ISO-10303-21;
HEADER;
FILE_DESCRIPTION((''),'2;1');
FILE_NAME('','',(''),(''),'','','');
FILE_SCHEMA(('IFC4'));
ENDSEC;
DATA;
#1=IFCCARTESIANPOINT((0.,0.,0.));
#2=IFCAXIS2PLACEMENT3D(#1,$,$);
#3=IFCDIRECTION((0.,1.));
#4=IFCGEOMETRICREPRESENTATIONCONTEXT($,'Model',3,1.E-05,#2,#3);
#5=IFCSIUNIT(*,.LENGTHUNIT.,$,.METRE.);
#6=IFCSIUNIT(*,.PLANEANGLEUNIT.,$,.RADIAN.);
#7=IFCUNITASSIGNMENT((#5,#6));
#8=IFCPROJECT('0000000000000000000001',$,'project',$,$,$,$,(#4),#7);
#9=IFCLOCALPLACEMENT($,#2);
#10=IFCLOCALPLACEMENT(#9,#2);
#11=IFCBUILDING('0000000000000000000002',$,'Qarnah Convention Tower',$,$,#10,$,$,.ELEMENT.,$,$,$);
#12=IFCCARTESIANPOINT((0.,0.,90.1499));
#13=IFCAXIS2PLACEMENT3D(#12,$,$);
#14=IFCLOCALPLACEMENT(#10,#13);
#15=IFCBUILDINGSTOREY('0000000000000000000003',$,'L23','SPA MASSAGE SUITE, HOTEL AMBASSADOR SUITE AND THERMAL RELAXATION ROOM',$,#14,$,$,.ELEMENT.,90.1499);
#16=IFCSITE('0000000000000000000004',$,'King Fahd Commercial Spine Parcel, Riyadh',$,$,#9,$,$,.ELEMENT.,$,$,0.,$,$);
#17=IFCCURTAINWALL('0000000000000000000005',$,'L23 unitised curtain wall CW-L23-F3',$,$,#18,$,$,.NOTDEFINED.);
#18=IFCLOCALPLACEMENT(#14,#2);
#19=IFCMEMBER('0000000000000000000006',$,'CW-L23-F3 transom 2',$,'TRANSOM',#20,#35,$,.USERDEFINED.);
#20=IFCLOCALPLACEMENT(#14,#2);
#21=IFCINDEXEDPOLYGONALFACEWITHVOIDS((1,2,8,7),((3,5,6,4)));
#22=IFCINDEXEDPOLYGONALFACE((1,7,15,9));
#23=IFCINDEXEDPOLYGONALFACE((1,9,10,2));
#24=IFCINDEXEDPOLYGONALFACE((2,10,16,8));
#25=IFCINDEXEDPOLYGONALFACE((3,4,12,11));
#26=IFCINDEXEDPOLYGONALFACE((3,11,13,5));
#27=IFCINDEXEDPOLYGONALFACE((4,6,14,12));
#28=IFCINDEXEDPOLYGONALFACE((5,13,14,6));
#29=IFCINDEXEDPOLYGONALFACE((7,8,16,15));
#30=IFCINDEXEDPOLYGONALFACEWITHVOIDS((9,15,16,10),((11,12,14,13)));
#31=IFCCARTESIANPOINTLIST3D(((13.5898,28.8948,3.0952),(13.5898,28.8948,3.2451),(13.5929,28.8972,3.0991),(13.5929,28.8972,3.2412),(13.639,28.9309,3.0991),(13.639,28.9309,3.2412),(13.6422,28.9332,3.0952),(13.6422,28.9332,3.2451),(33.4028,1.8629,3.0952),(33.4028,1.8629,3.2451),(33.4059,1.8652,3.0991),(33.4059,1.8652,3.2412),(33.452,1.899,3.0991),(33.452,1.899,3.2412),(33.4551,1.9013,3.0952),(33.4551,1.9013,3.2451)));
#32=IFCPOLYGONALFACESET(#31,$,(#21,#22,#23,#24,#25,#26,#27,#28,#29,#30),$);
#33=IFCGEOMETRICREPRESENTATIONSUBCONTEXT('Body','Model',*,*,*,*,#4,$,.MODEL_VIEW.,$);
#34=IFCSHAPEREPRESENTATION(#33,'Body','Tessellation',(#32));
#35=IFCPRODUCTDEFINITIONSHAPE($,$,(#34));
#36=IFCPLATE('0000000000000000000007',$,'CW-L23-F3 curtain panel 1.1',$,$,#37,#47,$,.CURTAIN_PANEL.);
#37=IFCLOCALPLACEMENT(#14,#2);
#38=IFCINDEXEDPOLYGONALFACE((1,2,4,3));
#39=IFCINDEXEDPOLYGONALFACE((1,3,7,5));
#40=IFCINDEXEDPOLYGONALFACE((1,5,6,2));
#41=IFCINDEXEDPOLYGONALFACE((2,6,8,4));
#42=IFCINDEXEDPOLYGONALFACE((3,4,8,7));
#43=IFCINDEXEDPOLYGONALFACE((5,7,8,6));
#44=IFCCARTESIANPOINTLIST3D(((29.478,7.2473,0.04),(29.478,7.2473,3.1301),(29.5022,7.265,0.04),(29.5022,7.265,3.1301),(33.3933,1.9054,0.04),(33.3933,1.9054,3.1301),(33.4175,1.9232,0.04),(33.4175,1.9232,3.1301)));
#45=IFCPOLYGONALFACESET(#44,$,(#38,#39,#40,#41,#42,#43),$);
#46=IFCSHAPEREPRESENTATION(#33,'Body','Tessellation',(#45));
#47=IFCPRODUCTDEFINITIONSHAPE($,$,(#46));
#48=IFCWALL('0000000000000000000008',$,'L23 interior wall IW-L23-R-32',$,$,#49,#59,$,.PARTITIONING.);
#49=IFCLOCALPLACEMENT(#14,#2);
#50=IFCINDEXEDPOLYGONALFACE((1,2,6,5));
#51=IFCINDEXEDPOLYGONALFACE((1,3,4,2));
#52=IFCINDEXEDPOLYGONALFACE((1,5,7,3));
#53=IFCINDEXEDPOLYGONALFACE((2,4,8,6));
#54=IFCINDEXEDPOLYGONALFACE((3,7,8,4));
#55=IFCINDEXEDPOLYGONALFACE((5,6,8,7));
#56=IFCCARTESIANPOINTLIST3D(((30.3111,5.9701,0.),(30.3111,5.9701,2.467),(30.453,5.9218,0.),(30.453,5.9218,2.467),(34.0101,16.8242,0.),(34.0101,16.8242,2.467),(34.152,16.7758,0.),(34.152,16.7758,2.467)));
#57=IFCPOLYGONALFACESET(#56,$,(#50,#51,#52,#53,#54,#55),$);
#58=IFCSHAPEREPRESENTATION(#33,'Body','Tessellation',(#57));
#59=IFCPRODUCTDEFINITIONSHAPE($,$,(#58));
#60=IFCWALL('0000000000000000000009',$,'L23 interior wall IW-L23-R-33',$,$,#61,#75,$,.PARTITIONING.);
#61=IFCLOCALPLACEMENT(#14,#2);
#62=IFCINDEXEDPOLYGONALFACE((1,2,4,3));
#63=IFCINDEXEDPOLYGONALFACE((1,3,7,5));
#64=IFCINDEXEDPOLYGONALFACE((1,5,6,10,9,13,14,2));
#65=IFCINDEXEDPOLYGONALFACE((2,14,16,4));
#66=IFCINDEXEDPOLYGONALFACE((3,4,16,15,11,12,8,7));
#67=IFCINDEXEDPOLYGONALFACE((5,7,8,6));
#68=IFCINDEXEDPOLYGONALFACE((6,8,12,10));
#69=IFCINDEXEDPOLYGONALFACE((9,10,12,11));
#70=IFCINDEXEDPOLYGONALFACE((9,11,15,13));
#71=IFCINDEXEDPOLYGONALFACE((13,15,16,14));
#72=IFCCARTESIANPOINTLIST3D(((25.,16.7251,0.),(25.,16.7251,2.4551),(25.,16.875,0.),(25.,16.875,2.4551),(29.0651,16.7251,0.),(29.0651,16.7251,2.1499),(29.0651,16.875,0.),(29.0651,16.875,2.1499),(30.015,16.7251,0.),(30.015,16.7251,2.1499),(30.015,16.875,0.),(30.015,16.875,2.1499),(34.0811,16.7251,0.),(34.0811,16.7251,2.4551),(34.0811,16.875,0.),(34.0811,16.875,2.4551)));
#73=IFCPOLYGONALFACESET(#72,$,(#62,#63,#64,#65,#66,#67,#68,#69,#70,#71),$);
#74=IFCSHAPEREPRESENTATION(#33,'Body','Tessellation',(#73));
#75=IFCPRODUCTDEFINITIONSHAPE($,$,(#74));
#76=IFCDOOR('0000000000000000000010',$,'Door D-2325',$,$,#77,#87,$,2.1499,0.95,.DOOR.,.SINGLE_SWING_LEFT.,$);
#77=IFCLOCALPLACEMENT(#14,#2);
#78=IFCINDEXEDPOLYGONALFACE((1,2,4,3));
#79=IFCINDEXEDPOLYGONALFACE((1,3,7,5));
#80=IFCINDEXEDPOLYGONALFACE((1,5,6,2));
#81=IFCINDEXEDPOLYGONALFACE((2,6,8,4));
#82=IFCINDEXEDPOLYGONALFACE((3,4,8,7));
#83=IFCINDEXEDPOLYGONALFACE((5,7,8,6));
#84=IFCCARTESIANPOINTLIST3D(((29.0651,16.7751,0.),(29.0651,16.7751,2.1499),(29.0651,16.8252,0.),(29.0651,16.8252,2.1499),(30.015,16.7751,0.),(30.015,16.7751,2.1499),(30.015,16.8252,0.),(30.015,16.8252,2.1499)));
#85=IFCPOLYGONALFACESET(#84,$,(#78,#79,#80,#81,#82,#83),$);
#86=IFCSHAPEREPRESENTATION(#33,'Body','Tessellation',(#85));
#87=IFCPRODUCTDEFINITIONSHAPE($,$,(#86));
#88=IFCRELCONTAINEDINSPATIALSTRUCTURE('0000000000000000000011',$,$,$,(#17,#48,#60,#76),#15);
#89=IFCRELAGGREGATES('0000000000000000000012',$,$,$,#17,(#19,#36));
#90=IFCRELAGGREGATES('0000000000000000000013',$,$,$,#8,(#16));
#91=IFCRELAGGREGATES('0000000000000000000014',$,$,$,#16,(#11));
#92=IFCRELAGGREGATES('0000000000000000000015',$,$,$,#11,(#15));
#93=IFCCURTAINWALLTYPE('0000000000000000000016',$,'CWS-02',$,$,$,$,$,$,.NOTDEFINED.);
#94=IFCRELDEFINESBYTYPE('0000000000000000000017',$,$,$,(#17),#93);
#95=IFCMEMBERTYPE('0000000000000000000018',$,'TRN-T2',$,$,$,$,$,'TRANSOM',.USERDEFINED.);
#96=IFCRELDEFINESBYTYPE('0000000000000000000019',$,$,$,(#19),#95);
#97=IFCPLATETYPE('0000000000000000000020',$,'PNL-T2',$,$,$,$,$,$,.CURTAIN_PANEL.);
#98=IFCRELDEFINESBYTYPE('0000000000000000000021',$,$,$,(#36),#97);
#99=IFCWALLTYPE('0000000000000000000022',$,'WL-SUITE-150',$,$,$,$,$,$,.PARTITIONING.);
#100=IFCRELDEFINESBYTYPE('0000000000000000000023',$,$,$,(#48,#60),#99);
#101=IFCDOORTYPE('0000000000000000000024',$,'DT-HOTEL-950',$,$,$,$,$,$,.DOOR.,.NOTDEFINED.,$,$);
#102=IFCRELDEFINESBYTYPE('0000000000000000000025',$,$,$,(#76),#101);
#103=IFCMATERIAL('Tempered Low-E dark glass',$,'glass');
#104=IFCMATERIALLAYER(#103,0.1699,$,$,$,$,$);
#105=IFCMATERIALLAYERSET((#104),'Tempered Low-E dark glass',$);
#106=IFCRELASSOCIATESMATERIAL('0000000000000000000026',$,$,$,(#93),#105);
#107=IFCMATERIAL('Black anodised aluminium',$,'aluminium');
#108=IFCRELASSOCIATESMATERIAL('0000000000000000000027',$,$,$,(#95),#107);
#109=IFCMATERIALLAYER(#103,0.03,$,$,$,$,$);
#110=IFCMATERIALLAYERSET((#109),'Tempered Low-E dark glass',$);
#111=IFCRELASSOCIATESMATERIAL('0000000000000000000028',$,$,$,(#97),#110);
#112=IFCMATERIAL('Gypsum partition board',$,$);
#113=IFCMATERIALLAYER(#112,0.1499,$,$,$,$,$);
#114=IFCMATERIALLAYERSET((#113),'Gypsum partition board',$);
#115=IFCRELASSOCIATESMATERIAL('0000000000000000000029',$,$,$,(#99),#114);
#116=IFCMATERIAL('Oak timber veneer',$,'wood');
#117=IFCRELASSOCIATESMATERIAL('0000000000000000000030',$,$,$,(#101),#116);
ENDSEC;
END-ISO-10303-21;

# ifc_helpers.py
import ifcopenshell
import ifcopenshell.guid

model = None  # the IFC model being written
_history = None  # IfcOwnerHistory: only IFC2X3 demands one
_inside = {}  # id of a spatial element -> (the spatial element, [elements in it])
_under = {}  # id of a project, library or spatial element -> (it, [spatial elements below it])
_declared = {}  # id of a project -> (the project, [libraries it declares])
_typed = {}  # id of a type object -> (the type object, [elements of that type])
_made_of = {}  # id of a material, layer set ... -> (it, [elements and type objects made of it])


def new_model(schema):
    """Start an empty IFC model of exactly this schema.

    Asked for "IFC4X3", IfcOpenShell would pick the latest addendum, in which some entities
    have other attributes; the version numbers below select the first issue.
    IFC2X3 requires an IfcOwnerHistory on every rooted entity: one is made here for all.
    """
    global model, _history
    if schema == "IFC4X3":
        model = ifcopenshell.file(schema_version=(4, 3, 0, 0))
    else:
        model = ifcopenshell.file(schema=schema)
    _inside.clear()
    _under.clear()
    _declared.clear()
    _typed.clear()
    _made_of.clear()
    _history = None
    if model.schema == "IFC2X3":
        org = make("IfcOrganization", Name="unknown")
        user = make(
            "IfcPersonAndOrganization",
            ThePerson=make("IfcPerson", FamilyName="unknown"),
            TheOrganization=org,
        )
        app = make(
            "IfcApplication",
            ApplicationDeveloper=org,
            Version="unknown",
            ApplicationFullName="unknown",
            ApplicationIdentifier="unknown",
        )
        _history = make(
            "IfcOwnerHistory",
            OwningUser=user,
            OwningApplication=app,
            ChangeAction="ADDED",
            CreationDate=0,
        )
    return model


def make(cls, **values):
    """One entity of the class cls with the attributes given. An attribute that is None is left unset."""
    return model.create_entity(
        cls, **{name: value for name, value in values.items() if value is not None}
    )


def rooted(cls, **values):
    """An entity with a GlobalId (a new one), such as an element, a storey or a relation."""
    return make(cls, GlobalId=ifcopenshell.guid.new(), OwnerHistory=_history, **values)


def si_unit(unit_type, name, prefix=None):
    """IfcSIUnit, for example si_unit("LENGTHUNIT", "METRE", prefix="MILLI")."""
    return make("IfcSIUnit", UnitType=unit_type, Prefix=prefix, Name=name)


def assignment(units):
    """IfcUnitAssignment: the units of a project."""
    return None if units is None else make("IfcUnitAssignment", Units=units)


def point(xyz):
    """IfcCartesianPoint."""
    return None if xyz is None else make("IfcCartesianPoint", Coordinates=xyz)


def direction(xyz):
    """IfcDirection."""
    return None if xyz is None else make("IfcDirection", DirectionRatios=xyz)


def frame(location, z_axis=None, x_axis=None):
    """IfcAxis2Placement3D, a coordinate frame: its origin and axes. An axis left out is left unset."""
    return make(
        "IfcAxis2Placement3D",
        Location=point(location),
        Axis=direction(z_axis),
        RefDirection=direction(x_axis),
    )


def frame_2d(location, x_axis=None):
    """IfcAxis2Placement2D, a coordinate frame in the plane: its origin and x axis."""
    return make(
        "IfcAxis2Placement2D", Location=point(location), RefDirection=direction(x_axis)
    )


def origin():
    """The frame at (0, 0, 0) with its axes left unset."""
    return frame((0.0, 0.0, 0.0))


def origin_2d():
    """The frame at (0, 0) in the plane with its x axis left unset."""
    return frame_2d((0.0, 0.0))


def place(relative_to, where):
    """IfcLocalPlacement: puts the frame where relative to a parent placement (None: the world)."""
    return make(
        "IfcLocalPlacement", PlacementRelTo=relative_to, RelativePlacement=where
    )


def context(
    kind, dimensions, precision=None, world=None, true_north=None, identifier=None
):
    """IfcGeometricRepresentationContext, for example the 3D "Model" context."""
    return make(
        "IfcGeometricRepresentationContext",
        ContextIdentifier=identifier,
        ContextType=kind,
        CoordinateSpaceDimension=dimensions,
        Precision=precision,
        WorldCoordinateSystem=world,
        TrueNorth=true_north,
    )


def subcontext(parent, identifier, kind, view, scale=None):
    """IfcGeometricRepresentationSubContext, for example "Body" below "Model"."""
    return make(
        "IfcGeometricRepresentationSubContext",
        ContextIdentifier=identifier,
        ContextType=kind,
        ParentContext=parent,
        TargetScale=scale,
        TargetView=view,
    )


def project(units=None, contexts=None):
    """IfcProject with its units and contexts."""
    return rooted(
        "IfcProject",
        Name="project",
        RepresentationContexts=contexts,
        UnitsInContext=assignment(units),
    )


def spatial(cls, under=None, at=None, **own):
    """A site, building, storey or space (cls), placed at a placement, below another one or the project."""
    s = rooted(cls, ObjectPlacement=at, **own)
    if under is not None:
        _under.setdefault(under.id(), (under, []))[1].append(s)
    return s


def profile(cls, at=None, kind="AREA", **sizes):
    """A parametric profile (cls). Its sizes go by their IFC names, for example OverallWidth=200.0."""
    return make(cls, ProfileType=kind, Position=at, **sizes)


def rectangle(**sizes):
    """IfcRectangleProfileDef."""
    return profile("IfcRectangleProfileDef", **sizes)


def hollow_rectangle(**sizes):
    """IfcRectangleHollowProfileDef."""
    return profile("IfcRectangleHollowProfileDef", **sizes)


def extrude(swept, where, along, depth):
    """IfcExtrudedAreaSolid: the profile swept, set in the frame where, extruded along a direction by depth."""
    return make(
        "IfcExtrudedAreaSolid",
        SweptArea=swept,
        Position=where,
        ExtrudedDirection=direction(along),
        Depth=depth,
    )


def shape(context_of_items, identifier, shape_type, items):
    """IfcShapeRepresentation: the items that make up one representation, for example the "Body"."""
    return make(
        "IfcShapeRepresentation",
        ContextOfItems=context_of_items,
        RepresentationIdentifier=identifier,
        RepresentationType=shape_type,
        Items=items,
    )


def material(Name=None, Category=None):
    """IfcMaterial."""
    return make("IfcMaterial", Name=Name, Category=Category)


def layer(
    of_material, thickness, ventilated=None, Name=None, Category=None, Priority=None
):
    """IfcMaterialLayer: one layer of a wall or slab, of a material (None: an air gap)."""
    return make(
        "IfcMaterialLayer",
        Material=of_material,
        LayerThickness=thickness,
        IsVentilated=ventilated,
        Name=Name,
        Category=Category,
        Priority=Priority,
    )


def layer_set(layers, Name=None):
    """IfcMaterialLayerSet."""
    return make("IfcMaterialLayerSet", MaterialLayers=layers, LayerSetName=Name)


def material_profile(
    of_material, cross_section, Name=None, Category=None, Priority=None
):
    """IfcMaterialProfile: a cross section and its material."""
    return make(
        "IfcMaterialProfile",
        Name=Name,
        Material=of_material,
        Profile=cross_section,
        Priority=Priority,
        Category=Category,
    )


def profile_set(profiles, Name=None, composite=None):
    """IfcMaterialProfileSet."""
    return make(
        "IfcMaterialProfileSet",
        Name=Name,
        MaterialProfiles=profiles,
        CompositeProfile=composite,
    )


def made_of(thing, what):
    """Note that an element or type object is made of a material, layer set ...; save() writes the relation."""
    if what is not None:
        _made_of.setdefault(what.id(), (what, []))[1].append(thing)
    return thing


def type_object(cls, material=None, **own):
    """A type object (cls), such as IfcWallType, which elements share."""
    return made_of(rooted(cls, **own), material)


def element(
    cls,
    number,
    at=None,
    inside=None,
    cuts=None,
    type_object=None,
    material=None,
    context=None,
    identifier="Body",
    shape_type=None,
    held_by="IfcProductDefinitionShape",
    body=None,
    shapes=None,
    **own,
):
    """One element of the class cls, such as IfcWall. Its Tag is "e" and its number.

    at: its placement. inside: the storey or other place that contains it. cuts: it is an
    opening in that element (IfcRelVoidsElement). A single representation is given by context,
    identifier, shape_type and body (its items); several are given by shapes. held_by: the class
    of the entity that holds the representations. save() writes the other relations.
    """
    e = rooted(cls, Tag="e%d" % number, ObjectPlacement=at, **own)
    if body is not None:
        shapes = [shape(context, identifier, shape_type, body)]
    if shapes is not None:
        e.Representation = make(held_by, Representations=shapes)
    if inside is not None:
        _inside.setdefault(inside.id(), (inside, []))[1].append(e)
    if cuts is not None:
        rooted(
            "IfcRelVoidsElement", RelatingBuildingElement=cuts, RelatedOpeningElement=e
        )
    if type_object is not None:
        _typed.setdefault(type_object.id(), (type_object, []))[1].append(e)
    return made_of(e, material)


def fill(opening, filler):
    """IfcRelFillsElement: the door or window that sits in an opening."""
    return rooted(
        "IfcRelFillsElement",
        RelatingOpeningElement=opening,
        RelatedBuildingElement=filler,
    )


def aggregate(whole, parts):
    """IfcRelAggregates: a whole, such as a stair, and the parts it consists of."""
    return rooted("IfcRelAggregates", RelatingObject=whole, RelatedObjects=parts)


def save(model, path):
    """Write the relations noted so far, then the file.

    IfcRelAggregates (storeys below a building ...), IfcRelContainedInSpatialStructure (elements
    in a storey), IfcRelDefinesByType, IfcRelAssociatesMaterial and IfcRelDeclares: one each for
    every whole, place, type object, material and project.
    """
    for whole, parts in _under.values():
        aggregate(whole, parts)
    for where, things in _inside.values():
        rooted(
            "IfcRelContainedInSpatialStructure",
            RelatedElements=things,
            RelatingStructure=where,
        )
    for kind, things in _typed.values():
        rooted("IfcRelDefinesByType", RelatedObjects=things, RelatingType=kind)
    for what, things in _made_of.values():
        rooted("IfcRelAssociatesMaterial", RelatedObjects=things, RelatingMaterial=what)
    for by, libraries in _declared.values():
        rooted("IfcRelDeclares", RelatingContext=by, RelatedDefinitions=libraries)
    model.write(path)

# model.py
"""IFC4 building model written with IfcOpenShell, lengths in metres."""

from ifc_helpers import new_model, si_unit, direction, frame, frame_2d, origin, origin_2d, place, context, subcontext, project, spatial, rectangle, hollow_rectangle, extrude, material, layer, layer_set, material_profile, profile_set, type_object, element, fill, aggregate, save


model = new_model("IFC4")

# Units and contexts
model_context = context("Model", 3, precision=1e-05, world=origin(), true_north=direction((0.0, 1.0)))
body_context = subcontext(model_context, "Body", "Model", "MODEL_VIEW")
ifc_project = project(units=[si_unit("LENGTHUNIT", "METRE"), si_unit("PLANEANGLEUNIT", "RADIAN")], contexts=[model_context])

# Site, building, storey
site_placement = place(None, origin())
site = spatial("IfcSite", under=ifc_project, at=site_placement, Name="King Fahd Commercial Spine Parcel, Riyadh", CompositionType="ELEMENT", RefElevation=0.0)
building_placement = place(site_placement, origin())
building = spatial("IfcBuilding", under=site, at=building_placement, Name="Qarnah Convention Tower", CompositionType="ELEMENT")
storey_placement = place(building_placement, frame((0.0, 0.0, 90.1499)))
storey = spatial("IfcBuildingStorey", under=building, at=storey_placement, Name="L23", Description="SPA MASSAGE SUITE, HOTEL AMBASSADOR SUITE AND THERMAL RELAXATION ROOM", CompositionType="ELEMENT", Elevation=90.1499)

# Curtain wall
ifc_material_1 = material(Name="Tempered Low-E dark glass", Category="glass")
ifc_layer_1 = layer(ifc_material_1, 0.1699)
ifc_layer_set_1 = layer_set([ifc_layer_1], Name="Tempered Low-E dark glass")
curtain_wall_type = type_object("IfcCurtainWallType", Name="CWS-02", PredefinedType="NOTDEFINED", material=ifc_layer_set_1)
curtain_wall_1_placement = place(storey_placement, origin())
curtain_wall_1 = element("IfcCurtainWall", 1, at=curtain_wall_1_placement, inside=storey, type_object=curtain_wall_type, Name="L23 unitised curtain wall CW-L23-F3", PredefinedType="NOTDEFINED")
ifc_material_2 = material(Name="Black anodised aluminium", Category="aluminium")

# Member
ifc_material_profile_1 = material_profile(ifc_material_2, hollow_rectangle(XDim=0.0649, YDim=0.1499, WallThickness=0.0039, at=origin_2d()), Name="TRN-65X150")
ifc_profile_set_1 = profile_set([ifc_material_profile_1], Name="Black anodised aluminium")
member_type_1 = type_object("IfcMemberType", Name="TRN-T2", ElementType="TRANSOM", PredefinedType="USERDEFINED", material=ifc_profile_set_1)
member_1_placement = place(storey_placement, frame((33.429, 1.8821, 3.1702), z_axis=(-0.591161, 0.806554, 0.0), x_axis=(-0.806554, -0.591161, 0.0)))
member_1 = element("IfcMember", 2, at=member_1_placement, type_object=member_type_1, Name="CW-L23-F3 transom 2", ObjectType="TRANSOM", PredefinedType="USERDEFINED", context=body_context, shape_type="SweptSolid", body=[
    extrude(hollow_rectangle(XDim=0.0649, YDim=0.1499, WallThickness=0.0039, at=origin_2d()), origin(), (0.0, 0.0, 1.0), 33.5154),
])

# Plate
ifc_layer_2 = layer(ifc_material_1, 0.03)
ifc_layer_set_2 = layer_set([ifc_layer_2], Name="Tempered Low-E dark glass")
plate_type = type_object("IfcPlateType", Name="PNL-T2", PredefinedType="CURTAIN_PANEL", material=ifc_layer_set_2)
plate_placement = place(storey_placement, frame((31.4478, 4.5852, 0.04), z_axis=(0.0, 0.0, 1.0), x_axis=(-0.591161, 0.806554, 0.0)))
plate = element("IfcPlate", 3, at=plate_placement, type_object=plate_type, Name="CW-L23-F3 curtain panel 1.1", PredefinedType="CURTAIN_PANEL", context=body_context, shape_type="SweptSolid", body=[
    extrude(rectangle(XDim=6.623, YDim=0.03, at=origin_2d()), origin(), (0.0, 0.0, 1.0), 3.0901),
])
aggregate(curtain_wall_1, [member_1, plate])

# Wall
ifc_material_3 = material(Name="Gypsum partition board")
ifc_layer_3 = layer(ifc_material_3, 0.1499)
ifc_layer_set_3 = layer_set([ifc_layer_3], Name="Gypsum partition board")
wall_type = type_object("IfcWallType", Name="WL-SUITE-150", PredefinedType="PARTITIONING", material=ifc_layer_set_3)
wall_1_placement = place(storey_placement, frame((30.3821, 5.946, 0.0), z_axis=(0.0, 0.0, 1.0), x_axis=(0.322576, 0.946544, 0.0)))
element("IfcWall", 4, at=wall_1_placement, inside=storey, type_object=wall_type, Name="L23 interior wall IW-L23-R-32", PredefinedType="PARTITIONING", context=body_context, shape_type="SweptSolid", body=[
    extrude(rectangle(XDim=11.467, YDim=0.1499, at=frame_2d((5.7334, 0.0))), origin(), (0.0, 0.0, 1.0), 2.467),
])

# Wall, opening, door
wall_2_placement = place(storey_placement, frame((34.0811, 16.8, 0.0), z_axis=(0.0, 0.0, 1.0), x_axis=(-1.0, 0.0, 0.0)))
wall_2 = element("IfcWall", 5, at=wall_2_placement, inside=storey, type_object=wall_type, Name="L23 interior wall IW-L23-R-33", PredefinedType="PARTITIONING", context=body_context, shape_type="SweptSolid", body=[
    extrude(rectangle(XDim=9.0811, YDim=0.1499, at=frame_2d((4.5405, 0.0))), origin(), (0.0, 0.0, 1.0), 2.4551),
])
opening_placement = place(wall_2_placement, frame((4.0659, 0.0, 0.0)))
opening = element("IfcOpeningElement", 6, at=opening_placement, cuts=wall_2, PredefinedType="OPENING", context=body_context, shape_type="SweptSolid", body=[
    extrude(rectangle(XDim=0.95, YDim=2.1499, at=frame_2d((0.4751, 1.075))), frame((0.0, 0.085, 0.0), z_axis=(0.0, -1.0, 0.0), x_axis=(1.0, 0.0, 0.0)), (0.0, 0.0, 1.0), 0.1699),
])
ifc_material_4 = material(Name="Oak timber veneer", Category="wood")
door_type = type_object("IfcDoorType", Name="DT-HOTEL-950", OperationType="NOTDEFINED", PredefinedType="DOOR", material=ifc_material_4)
door_placement = place(opening_placement, origin())
door = element("IfcDoor", 7, at=door_placement, inside=storey, type_object=door_type, Name="Door D-2325", OperationType="SINGLE_SWING_LEFT", OverallHeight=2.1499, OverallWidth=0.95, PredefinedType="DOOR", context=body_context, shape_type="SweptSolid", body=[
    extrude(rectangle(XDim=0.95, YDim=2.1499, at=frame_2d((0.4751, 1.075))), frame((0.0, 0.0249, 0.0), z_axis=(0.0, -1.0, 0.0), x_axis=(1.0, 0.0, 0.0)), (0.0, 0.0, 1.0), 0.05),
])
fill(opening, door)

save(model, "model.ifc")
